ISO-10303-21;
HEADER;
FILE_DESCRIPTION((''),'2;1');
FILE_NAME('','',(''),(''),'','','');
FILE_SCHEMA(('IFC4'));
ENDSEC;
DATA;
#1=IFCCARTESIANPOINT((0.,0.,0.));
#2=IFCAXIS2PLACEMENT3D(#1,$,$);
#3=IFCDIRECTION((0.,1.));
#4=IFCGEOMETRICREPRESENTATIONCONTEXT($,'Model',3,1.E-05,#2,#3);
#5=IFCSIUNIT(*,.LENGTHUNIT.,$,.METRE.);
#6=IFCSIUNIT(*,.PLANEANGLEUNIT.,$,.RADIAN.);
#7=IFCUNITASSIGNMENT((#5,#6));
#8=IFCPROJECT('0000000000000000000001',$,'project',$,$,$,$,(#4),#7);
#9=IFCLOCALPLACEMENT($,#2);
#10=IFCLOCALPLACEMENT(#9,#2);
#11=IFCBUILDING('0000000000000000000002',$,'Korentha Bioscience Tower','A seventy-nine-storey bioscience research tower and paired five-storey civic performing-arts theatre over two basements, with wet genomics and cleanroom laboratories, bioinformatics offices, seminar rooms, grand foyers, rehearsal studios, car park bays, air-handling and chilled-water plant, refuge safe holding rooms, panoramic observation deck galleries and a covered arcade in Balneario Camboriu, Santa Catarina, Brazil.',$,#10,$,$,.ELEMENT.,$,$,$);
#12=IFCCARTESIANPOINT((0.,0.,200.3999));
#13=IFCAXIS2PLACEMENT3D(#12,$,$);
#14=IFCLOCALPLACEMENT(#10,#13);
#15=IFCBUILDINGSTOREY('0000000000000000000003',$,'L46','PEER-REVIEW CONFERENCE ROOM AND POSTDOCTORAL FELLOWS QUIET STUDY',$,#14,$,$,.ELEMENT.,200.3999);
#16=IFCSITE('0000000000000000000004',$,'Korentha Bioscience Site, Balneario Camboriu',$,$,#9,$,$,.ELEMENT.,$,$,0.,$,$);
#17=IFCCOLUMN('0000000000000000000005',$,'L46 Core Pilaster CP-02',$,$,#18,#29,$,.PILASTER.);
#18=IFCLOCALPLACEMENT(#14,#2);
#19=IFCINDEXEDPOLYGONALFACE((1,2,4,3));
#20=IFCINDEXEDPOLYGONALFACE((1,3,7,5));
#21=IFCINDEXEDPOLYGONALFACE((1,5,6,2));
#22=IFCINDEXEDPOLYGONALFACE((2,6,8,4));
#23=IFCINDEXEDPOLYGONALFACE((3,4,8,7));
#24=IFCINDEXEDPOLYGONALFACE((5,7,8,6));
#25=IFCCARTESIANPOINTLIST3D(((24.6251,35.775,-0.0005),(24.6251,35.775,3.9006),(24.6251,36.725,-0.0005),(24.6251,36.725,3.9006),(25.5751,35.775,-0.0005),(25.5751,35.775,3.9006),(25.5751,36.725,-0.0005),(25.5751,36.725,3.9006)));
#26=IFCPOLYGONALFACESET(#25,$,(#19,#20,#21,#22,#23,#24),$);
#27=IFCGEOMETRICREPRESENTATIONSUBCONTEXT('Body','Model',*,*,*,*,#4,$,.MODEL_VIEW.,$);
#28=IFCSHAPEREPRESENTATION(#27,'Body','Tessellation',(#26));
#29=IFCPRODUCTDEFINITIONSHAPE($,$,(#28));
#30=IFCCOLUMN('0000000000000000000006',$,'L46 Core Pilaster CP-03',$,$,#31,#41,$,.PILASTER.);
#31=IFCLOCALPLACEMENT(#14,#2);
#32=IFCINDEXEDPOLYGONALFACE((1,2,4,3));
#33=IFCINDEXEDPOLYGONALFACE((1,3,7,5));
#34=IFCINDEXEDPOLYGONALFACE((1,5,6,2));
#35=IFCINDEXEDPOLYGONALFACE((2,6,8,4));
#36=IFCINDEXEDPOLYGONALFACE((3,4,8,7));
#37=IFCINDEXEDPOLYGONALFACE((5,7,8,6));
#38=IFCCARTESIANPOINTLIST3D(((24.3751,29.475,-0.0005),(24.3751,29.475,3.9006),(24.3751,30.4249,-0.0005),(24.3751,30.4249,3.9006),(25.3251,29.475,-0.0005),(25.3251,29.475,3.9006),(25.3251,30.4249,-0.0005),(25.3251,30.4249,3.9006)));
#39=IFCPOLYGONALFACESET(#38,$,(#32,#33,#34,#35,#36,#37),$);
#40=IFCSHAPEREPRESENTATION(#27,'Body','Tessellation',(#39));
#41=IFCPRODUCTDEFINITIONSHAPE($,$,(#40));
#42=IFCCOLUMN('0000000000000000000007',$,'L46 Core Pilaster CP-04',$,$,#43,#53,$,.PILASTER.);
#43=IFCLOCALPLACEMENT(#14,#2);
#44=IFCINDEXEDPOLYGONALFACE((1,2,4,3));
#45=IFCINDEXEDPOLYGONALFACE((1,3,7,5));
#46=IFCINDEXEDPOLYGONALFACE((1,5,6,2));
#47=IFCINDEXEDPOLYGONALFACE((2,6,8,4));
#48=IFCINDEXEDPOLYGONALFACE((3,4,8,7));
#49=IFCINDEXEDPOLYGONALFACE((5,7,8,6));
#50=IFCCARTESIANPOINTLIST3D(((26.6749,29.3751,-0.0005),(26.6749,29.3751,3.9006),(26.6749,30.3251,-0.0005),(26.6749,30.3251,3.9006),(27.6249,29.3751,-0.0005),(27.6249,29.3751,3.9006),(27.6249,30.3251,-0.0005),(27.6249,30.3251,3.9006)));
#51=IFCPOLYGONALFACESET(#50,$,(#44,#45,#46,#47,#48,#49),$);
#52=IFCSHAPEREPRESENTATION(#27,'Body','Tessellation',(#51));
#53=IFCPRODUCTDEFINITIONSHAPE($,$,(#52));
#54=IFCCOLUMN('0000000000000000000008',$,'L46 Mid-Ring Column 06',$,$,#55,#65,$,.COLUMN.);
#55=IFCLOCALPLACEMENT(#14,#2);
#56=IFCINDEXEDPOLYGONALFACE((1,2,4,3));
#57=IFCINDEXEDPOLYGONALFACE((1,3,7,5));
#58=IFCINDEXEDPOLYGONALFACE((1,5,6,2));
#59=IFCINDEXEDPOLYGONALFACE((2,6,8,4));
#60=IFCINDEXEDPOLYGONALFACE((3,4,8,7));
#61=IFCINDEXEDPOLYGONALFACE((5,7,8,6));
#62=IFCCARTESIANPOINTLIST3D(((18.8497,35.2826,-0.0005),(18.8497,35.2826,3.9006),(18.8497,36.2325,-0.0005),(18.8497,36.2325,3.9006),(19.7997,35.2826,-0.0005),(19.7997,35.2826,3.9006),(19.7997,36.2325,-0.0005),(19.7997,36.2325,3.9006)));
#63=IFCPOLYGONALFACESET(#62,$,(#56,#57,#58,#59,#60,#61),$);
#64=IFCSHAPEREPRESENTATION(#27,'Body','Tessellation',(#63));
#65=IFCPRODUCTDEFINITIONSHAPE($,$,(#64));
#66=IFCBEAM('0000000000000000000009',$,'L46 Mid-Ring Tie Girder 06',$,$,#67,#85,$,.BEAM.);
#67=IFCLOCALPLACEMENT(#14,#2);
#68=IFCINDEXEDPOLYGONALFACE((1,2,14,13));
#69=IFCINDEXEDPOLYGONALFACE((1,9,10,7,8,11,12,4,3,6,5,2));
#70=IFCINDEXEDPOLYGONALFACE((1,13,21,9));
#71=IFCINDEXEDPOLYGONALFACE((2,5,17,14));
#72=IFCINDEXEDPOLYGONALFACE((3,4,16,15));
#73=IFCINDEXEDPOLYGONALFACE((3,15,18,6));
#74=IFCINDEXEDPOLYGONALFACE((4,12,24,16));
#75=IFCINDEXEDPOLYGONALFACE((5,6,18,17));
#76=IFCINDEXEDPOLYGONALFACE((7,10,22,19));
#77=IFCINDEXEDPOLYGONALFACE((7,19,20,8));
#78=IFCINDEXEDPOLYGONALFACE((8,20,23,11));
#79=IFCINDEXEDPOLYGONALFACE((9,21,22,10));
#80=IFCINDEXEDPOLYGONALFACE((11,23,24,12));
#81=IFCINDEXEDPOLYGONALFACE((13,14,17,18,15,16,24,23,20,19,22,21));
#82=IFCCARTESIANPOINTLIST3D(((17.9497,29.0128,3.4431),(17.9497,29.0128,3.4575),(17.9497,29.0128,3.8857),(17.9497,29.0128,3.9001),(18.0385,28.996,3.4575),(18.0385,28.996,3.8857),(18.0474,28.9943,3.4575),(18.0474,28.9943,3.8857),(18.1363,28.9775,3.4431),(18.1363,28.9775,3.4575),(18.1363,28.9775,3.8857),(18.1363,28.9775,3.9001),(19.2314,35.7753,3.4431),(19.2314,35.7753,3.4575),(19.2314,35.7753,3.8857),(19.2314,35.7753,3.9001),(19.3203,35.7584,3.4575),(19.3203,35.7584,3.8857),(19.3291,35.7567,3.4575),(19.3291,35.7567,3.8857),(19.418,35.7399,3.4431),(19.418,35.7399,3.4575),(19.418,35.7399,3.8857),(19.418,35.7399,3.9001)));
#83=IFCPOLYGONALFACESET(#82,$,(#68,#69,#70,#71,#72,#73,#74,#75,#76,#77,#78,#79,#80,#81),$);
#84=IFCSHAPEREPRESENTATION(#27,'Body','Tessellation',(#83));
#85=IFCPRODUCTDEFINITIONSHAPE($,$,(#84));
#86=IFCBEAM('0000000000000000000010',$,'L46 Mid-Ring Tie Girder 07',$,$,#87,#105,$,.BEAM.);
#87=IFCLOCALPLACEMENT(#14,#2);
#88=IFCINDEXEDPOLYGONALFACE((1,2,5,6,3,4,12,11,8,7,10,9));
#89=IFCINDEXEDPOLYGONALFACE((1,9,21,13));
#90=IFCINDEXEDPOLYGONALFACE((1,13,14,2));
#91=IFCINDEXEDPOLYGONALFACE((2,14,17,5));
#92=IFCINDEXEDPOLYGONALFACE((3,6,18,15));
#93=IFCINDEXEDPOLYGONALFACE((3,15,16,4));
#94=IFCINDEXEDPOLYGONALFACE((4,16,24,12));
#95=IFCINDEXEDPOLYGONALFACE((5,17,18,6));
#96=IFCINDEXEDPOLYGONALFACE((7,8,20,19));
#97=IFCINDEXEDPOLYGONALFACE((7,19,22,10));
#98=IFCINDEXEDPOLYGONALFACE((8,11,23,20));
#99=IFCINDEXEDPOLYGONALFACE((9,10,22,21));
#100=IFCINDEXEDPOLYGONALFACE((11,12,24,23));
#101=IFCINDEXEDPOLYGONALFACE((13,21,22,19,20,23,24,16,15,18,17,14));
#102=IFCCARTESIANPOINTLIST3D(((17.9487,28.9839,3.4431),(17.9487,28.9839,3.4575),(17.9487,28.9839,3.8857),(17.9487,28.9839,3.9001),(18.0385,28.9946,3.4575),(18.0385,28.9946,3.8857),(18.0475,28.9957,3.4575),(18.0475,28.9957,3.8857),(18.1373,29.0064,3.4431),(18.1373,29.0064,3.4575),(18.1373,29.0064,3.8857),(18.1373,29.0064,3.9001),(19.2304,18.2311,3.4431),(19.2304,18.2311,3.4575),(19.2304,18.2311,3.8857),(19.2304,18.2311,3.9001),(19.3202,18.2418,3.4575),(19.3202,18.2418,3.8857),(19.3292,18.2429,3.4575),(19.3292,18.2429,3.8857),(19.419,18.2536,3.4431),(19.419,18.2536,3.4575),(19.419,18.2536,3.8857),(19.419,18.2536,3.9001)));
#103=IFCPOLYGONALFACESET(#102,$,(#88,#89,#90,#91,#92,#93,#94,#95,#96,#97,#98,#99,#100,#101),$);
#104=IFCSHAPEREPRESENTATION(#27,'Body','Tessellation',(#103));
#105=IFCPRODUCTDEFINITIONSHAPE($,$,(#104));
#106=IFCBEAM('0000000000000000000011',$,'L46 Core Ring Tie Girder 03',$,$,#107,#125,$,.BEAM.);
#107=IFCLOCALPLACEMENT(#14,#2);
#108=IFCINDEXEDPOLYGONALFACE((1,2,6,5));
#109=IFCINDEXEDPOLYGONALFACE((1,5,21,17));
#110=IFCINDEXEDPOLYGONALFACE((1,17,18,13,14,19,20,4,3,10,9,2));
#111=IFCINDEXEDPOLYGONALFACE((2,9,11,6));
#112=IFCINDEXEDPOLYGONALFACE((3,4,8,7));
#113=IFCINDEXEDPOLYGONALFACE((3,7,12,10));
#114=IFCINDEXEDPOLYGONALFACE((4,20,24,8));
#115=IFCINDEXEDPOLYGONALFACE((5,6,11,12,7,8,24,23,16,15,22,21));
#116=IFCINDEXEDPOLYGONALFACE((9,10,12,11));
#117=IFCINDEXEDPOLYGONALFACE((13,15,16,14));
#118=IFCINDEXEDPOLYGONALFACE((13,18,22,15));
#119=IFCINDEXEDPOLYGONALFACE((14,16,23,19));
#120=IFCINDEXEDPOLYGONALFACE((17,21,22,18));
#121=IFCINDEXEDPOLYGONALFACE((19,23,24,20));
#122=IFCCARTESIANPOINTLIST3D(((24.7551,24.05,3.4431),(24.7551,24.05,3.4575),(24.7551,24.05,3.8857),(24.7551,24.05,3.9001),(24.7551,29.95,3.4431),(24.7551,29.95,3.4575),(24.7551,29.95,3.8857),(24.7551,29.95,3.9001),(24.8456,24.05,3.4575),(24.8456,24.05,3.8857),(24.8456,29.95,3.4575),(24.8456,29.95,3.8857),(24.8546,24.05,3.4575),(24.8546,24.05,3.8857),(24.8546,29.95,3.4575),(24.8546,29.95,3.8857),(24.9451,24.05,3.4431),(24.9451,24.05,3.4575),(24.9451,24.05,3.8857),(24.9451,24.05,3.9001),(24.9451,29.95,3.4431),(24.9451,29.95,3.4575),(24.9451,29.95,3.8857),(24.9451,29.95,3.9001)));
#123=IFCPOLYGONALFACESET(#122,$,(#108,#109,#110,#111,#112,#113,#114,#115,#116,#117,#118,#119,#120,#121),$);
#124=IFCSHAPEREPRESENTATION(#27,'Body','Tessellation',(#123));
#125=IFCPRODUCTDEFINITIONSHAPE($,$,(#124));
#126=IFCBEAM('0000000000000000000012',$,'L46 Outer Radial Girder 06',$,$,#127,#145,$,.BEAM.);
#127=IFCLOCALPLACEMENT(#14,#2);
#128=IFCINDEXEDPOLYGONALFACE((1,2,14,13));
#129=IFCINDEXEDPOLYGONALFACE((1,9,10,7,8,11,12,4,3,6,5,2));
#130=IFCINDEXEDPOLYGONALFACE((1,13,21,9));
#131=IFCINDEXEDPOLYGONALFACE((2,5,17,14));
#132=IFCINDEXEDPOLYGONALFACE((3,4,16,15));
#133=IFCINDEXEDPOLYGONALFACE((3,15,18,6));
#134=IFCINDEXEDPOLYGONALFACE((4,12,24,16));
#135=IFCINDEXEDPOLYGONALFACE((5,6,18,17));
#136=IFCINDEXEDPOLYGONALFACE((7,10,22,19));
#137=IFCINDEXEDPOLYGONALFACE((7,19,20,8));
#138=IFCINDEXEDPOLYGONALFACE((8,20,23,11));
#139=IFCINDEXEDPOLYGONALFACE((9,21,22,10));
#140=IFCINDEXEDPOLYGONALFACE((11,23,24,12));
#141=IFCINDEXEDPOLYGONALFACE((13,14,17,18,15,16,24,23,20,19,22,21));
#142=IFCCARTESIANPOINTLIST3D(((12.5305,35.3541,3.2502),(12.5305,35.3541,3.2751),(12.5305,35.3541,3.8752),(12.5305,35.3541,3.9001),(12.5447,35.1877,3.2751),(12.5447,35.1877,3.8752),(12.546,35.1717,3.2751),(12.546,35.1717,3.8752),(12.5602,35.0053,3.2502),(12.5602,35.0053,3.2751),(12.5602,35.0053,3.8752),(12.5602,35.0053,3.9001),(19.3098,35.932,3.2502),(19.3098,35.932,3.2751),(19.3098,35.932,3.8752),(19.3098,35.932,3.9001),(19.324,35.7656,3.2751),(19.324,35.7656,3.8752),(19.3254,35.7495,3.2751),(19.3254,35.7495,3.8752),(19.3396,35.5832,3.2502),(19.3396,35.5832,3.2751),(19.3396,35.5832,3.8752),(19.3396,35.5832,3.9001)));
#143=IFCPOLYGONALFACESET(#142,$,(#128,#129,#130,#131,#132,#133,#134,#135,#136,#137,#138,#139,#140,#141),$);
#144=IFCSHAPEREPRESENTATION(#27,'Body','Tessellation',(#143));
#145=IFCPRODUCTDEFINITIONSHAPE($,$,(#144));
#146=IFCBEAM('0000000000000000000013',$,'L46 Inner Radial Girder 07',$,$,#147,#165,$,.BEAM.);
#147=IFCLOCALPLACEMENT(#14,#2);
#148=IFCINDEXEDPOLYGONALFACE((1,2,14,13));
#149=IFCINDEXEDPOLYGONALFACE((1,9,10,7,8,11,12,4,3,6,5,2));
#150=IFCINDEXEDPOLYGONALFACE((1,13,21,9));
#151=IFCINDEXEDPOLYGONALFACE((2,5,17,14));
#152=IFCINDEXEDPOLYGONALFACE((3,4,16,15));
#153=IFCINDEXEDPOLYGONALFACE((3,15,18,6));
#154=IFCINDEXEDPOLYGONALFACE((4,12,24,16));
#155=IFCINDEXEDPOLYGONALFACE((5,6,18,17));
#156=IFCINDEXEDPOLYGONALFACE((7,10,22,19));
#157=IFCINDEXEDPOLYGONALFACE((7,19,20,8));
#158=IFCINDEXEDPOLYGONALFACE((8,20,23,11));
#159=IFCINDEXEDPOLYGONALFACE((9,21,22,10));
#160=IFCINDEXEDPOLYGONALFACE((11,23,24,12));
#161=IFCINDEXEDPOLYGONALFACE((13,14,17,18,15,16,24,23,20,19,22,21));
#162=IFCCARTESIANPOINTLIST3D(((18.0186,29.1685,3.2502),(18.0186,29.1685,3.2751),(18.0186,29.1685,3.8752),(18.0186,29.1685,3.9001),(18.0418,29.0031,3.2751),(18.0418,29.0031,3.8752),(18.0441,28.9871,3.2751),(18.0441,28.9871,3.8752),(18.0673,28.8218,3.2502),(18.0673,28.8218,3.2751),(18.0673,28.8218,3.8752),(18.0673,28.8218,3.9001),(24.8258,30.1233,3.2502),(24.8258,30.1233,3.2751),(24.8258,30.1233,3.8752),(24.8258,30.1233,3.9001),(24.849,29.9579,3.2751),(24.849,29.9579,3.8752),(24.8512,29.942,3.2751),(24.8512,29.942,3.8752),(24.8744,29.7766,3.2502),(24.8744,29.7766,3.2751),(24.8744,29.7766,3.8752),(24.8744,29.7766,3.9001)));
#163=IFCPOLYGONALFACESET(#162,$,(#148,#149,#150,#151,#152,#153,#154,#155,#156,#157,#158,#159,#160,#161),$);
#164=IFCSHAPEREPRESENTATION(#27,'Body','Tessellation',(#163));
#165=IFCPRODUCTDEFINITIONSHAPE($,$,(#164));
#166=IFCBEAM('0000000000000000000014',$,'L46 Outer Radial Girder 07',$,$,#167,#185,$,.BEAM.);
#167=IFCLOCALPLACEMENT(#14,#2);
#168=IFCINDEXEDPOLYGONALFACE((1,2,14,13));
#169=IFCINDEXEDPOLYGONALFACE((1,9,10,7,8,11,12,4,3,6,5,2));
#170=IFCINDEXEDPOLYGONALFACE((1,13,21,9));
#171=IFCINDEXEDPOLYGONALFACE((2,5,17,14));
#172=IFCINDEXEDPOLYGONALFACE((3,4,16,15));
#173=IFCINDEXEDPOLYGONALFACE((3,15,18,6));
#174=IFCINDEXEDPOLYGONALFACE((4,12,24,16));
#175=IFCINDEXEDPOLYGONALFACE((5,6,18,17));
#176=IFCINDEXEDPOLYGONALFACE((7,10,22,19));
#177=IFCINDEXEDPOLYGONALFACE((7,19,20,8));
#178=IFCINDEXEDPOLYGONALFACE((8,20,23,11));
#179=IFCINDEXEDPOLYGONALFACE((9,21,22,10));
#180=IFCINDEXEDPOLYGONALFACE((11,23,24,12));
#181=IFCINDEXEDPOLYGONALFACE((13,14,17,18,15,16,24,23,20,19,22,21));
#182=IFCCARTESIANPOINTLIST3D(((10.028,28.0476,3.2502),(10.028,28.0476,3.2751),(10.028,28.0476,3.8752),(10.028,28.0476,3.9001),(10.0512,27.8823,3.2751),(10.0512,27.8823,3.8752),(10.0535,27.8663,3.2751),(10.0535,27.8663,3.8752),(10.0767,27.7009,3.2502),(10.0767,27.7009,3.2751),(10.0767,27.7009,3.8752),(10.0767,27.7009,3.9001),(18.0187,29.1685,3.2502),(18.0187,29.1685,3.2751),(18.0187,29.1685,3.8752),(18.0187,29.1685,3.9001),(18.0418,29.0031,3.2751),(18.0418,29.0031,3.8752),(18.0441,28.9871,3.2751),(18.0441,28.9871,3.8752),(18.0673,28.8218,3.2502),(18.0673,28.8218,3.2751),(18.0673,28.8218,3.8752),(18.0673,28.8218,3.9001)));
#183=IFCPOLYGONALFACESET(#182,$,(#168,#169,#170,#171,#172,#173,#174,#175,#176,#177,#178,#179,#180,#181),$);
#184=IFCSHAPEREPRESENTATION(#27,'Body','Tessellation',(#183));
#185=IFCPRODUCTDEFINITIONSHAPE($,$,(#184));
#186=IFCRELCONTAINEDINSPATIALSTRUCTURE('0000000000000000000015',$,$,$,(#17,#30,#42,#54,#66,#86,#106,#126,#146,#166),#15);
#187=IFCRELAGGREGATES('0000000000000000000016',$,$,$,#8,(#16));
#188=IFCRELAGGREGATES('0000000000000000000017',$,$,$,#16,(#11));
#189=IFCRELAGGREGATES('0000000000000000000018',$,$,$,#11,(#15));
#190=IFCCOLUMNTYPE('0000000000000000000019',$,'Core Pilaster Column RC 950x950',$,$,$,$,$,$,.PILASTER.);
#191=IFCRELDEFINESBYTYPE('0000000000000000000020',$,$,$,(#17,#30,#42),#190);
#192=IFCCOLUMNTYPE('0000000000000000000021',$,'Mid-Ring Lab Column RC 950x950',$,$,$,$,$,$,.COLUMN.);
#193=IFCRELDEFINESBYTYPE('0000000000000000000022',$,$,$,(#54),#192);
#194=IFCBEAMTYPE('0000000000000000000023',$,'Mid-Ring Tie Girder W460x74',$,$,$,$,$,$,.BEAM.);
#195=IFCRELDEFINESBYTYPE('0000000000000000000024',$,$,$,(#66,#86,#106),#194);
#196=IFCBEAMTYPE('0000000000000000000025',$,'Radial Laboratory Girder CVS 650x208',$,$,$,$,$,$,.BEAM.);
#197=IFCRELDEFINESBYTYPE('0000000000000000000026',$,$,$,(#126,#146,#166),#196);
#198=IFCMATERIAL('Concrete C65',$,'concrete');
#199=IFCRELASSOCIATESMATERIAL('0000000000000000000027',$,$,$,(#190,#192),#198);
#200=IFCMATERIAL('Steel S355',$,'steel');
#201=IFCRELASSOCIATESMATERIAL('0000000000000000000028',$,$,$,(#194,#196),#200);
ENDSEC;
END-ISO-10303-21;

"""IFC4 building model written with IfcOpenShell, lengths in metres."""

from ifc_helpers import new_model, si_unit, direction, frame, origin, origin_2d, place, context, subcontext, project, spatial, rectangle, i_section, extrude, material, material_profile, profile_set, type_object, element, save


model = new_model("IFC4")

# Units and contexts
model_context = context("Model", 3, precision=1e-05, world=origin(), true_north=direction((0.0, 1.0)))
body_context = subcontext(model_context, "Body", "Model", "MODEL_VIEW")
ifc_project = project(units=[si_unit("LENGTHUNIT", "METRE"), si_unit("PLANEANGLEUNIT", "RADIAN")], contexts=[model_context])

# Site, building, storey
site_placement = place(None, origin())
site = spatial("IfcSite", under=ifc_project, at=site_placement, Name="Korentha Bioscience Site, Balneario Camboriu", CompositionType="ELEMENT", RefElevation=0.0)
building_placement = place(site_placement, origin())
building = spatial("IfcBuilding", under=site, at=building_placement, Name="Korentha Bioscience Tower", Description="A seventy-nine-storey bioscience research tower and paired five-storey civic performing-arts theatre over two basements, with wet genomics and cleanroom laboratories, bioinformatics offices, seminar rooms, grand foyers, rehearsal studios, car park bays, air-handling and chilled-water plant, refuge safe holding rooms, panoramic observation deck galleries and a covered arcade in Balneario Camboriu, Santa Catarina, Brazil.", CompositionType="ELEMENT")
storey_placement = place(building_placement, frame((0.0, 0.0, 200.3999)))
storey = spatial("IfcBuildingStorey", under=building, at=storey_placement, Name="L46", Description="PEER-REVIEW CONFERENCE ROOM AND POSTDOCTORAL FELLOWS QUIET STUDY", CompositionType="ELEMENT", Elevation=200.3999)

# Columns
ifc_material_1 = material(Name="Concrete C65", Category="concrete")
ifc_material_profile_1 = material_profile(ifc_material_1, rectangle(XDim=0.95, YDim=0.95, at=origin_2d()), Name="Concrete C65")
ifc_profile_set_1 = profile_set([ifc_material_profile_1], Name="Concrete C65 (COL-CP09)")
column_type_1 = type_object("IfcColumnType", Name="Core Pilaster Column RC 950x950", PredefinedType="PILASTER", material=ifc_profile_set_1)
for number, where, z_axis, x_axis, name in (
    (1, (25.1001, 36.25, -0.0005), (0.0, 0.0, 1.0), (1.0, 0.0, 0.0), "L46 Core Pilaster CP-02"),
    (2, (24.8501, 29.95, -0.0005), (0.0, 0.0, 1.0), (1.0, 0.0, 0.0), "L46 Core Pilaster CP-03"),
    (3, (27.1499, 29.8501, -0.0005), (0.0, 0.0, 1.0), (1.0, 0.0, 0.0), "L46 Core Pilaster CP-04"),
):
    element("IfcColumn", number, at=place(storey_placement, frame(where, z_axis=z_axis, x_axis=x_axis)), inside=storey, type_object=column_type_1, Name=name, PredefinedType="PILASTER", context=body_context, shape_type="SweptSolid", body=[
        extrude(rectangle(XDim=0.95, YDim=0.95, at=origin_2d()), origin(), (0.0, 0.0, 1.0), 3.9011),
    ])
ifc_material_profile_2 = material_profile(ifc_material_1, rectangle(XDim=0.95, YDim=0.95, at=origin_2d()), Name="Concrete C65")
ifc_profile_set_2 = profile_set([ifc_material_profile_2], Name="Concrete C65 (COL-MR09)")
column_type_2 = type_object("IfcColumnType", Name="Mid-Ring Lab Column RC 950x950", PredefinedType="COLUMN", material=ifc_profile_set_2)
column_placement = place(storey_placement, frame((19.3247, 35.7576, -0.0005), z_axis=(0.0, 0.0, 1.0), x_axis=(1.0, 0.0, 0.0)))
element("IfcColumn", 4, at=column_placement, inside=storey, type_object=column_type_2, Name="L46 Mid-Ring Column 06", PredefinedType="COLUMN", context=body_context, shape_type="SweptSolid", body=[
    extrude(rectangle(XDim=0.95, YDim=0.95, at=origin_2d()), origin(), (0.0, 0.0, 1.0), 3.9011),
])

# Beams
ifc_material_2 = material(Name="Steel S355", Category="steel")
ifc_material_profile_3 = material_profile(ifc_material_2, i_section(OverallWidth=0.1899, OverallDepth=0.457, WebThickness=0.009, FlangeThickness=0.0144, at=origin_2d()), Name="Steel S355")
ifc_profile_set_3 = profile_set([ifc_material_profile_3], Name="Steel S355 (MB-460)")
beam_type_1 = type_object("IfcBeamType", Name="Mid-Ring Tie Girder W460x74", PredefinedType="BEAM", material=ifc_profile_set_3)
beam_1_placement = place(storey_placement, frame((19.3247, 35.7576, 3.6716), z_axis=(-0.186222, -0.982508, 0.0), x_axis=(0.982508, -0.186222, 0.0)))
element("IfcBeam", 5, at=beam_1_placement, inside=storey, type_object=beam_type_1, Name="L46 Mid-Ring Tie Girder 06", PredefinedType="BEAM", context=body_context, shape_type="SweptSolid", body=[
    extrude(i_section(OverallWidth=0.1899, OverallDepth=0.457, WebThickness=0.009, FlangeThickness=0.0144, at=origin_2d()), origin(), (0.0, 0.0, 1.0), 6.8828),
])
beam_2_placement = place(storey_placement, frame((18.043, 28.9951, 3.6716), z_axis=(0.118364, -0.99297, 0.0), x_axis=(0.99297, 0.118364, 0.0)))
element("IfcBeam", 6, at=beam_2_placement, inside=storey, type_object=beam_type_1, Name="L46 Mid-Ring Tie Girder 07", PredefinedType="BEAM", context=body_context, shape_type="SweptSolid", body=[
    extrude(i_section(OverallWidth=0.1899, OverallDepth=0.457, WebThickness=0.009, FlangeThickness=0.0144, at=origin_2d()), origin(), (0.0, 0.0, 1.0), 10.8289),
])
beam_3_placement = place(storey_placement, frame((24.8501, 29.95, 3.6716), z_axis=(0.0, -1.0, 0.0), x_axis=(1.0, 0.0, 0.0)))
element("IfcBeam", 7, at=beam_3_placement, inside=storey, type_object=beam_type_1, Name="L46 Core Ring Tie Girder 03", PredefinedType="BEAM", context=body_context, shape_type="SweptSolid", body=[
    extrude(i_section(OverallWidth=0.1899, OverallDepth=0.457, WebThickness=0.009, FlangeThickness=0.0144, at=origin_2d()), origin(), (0.0, 0.0, 1.0), 5.8999),
])
ifc_material_profile_4 = material_profile(ifc_material_2, i_section(OverallWidth=0.3501, OverallDepth=0.6499, WebThickness=0.0161, FlangeThickness=0.0249, at=origin_2d()), Name="Steel S355")
ifc_profile_set_4 = profile_set([ifc_material_profile_4], Name="Steel S355 (RB-650)")
beam_type_2 = type_object("IfcBeamType", Name="Radial Laboratory Girder CVS 650x208", PredefinedType="BEAM", material=ifc_profile_set_4)
beam_4_placement = place(storey_placement, frame((19.3247, 35.7576, 3.5752), z_axis=(-0.996387, -0.084934, 0.0), x_axis=(0.084934, -0.996387, 0.0)))
element("IfcBeam", 8, at=beam_4_placement, inside=storey, type_object=beam_type_2, Name="L46 Outer Radial Girder 06", PredefinedType="BEAM", context=body_context, shape_type="SweptSolid", body=[
    extrude(i_section(OverallWidth=0.3501, OverallDepth=0.6499, WebThickness=0.0161, FlangeThickness=0.0249, at=origin_2d()), origin(), (0.0, 0.0, 1.0), 6.804),
])
beam_5_placement = place(storey_placement, frame((24.8501, 29.95, 3.5752), z_axis=(-0.990305, -0.13891, 0.0), x_axis=(0.13891, -0.990305, 0.0)))
element("IfcBeam", 9, at=beam_5_placement, inside=storey, type_object=beam_type_2, Name="L46 Inner Radial Girder 07", PredefinedType="BEAM", context=body_context, shape_type="SweptSolid", body=[
    extrude(i_section(OverallWidth=0.3501, OverallDepth=0.6499, WebThickness=0.0161, FlangeThickness=0.0249, at=origin_2d()), origin(), (0.0, 0.0, 1.0), 6.8738),
])
beam_6_placement = place(storey_placement, frame((18.043, 28.9951, 3.5752), z_axis=(-0.990305, -0.138909, 0.0), x_axis=(0.138909, -0.990305, 0.0)))
element("IfcBeam", 10, at=beam_6_placement, inside=storey, type_object=beam_type_2, Name="L46 Outer Radial Girder 07", PredefinedType="BEAM", context=body_context, shape_type="SweptSolid", body=[
    extrude(i_section(OverallWidth=0.3501, OverallDepth=0.6499, WebThickness=0.0161, FlangeThickness=0.0249, at=origin_2d()), origin(), (0.0, 0.0, 1.0), 8.0688),
])

save(model, "model.ifc")
